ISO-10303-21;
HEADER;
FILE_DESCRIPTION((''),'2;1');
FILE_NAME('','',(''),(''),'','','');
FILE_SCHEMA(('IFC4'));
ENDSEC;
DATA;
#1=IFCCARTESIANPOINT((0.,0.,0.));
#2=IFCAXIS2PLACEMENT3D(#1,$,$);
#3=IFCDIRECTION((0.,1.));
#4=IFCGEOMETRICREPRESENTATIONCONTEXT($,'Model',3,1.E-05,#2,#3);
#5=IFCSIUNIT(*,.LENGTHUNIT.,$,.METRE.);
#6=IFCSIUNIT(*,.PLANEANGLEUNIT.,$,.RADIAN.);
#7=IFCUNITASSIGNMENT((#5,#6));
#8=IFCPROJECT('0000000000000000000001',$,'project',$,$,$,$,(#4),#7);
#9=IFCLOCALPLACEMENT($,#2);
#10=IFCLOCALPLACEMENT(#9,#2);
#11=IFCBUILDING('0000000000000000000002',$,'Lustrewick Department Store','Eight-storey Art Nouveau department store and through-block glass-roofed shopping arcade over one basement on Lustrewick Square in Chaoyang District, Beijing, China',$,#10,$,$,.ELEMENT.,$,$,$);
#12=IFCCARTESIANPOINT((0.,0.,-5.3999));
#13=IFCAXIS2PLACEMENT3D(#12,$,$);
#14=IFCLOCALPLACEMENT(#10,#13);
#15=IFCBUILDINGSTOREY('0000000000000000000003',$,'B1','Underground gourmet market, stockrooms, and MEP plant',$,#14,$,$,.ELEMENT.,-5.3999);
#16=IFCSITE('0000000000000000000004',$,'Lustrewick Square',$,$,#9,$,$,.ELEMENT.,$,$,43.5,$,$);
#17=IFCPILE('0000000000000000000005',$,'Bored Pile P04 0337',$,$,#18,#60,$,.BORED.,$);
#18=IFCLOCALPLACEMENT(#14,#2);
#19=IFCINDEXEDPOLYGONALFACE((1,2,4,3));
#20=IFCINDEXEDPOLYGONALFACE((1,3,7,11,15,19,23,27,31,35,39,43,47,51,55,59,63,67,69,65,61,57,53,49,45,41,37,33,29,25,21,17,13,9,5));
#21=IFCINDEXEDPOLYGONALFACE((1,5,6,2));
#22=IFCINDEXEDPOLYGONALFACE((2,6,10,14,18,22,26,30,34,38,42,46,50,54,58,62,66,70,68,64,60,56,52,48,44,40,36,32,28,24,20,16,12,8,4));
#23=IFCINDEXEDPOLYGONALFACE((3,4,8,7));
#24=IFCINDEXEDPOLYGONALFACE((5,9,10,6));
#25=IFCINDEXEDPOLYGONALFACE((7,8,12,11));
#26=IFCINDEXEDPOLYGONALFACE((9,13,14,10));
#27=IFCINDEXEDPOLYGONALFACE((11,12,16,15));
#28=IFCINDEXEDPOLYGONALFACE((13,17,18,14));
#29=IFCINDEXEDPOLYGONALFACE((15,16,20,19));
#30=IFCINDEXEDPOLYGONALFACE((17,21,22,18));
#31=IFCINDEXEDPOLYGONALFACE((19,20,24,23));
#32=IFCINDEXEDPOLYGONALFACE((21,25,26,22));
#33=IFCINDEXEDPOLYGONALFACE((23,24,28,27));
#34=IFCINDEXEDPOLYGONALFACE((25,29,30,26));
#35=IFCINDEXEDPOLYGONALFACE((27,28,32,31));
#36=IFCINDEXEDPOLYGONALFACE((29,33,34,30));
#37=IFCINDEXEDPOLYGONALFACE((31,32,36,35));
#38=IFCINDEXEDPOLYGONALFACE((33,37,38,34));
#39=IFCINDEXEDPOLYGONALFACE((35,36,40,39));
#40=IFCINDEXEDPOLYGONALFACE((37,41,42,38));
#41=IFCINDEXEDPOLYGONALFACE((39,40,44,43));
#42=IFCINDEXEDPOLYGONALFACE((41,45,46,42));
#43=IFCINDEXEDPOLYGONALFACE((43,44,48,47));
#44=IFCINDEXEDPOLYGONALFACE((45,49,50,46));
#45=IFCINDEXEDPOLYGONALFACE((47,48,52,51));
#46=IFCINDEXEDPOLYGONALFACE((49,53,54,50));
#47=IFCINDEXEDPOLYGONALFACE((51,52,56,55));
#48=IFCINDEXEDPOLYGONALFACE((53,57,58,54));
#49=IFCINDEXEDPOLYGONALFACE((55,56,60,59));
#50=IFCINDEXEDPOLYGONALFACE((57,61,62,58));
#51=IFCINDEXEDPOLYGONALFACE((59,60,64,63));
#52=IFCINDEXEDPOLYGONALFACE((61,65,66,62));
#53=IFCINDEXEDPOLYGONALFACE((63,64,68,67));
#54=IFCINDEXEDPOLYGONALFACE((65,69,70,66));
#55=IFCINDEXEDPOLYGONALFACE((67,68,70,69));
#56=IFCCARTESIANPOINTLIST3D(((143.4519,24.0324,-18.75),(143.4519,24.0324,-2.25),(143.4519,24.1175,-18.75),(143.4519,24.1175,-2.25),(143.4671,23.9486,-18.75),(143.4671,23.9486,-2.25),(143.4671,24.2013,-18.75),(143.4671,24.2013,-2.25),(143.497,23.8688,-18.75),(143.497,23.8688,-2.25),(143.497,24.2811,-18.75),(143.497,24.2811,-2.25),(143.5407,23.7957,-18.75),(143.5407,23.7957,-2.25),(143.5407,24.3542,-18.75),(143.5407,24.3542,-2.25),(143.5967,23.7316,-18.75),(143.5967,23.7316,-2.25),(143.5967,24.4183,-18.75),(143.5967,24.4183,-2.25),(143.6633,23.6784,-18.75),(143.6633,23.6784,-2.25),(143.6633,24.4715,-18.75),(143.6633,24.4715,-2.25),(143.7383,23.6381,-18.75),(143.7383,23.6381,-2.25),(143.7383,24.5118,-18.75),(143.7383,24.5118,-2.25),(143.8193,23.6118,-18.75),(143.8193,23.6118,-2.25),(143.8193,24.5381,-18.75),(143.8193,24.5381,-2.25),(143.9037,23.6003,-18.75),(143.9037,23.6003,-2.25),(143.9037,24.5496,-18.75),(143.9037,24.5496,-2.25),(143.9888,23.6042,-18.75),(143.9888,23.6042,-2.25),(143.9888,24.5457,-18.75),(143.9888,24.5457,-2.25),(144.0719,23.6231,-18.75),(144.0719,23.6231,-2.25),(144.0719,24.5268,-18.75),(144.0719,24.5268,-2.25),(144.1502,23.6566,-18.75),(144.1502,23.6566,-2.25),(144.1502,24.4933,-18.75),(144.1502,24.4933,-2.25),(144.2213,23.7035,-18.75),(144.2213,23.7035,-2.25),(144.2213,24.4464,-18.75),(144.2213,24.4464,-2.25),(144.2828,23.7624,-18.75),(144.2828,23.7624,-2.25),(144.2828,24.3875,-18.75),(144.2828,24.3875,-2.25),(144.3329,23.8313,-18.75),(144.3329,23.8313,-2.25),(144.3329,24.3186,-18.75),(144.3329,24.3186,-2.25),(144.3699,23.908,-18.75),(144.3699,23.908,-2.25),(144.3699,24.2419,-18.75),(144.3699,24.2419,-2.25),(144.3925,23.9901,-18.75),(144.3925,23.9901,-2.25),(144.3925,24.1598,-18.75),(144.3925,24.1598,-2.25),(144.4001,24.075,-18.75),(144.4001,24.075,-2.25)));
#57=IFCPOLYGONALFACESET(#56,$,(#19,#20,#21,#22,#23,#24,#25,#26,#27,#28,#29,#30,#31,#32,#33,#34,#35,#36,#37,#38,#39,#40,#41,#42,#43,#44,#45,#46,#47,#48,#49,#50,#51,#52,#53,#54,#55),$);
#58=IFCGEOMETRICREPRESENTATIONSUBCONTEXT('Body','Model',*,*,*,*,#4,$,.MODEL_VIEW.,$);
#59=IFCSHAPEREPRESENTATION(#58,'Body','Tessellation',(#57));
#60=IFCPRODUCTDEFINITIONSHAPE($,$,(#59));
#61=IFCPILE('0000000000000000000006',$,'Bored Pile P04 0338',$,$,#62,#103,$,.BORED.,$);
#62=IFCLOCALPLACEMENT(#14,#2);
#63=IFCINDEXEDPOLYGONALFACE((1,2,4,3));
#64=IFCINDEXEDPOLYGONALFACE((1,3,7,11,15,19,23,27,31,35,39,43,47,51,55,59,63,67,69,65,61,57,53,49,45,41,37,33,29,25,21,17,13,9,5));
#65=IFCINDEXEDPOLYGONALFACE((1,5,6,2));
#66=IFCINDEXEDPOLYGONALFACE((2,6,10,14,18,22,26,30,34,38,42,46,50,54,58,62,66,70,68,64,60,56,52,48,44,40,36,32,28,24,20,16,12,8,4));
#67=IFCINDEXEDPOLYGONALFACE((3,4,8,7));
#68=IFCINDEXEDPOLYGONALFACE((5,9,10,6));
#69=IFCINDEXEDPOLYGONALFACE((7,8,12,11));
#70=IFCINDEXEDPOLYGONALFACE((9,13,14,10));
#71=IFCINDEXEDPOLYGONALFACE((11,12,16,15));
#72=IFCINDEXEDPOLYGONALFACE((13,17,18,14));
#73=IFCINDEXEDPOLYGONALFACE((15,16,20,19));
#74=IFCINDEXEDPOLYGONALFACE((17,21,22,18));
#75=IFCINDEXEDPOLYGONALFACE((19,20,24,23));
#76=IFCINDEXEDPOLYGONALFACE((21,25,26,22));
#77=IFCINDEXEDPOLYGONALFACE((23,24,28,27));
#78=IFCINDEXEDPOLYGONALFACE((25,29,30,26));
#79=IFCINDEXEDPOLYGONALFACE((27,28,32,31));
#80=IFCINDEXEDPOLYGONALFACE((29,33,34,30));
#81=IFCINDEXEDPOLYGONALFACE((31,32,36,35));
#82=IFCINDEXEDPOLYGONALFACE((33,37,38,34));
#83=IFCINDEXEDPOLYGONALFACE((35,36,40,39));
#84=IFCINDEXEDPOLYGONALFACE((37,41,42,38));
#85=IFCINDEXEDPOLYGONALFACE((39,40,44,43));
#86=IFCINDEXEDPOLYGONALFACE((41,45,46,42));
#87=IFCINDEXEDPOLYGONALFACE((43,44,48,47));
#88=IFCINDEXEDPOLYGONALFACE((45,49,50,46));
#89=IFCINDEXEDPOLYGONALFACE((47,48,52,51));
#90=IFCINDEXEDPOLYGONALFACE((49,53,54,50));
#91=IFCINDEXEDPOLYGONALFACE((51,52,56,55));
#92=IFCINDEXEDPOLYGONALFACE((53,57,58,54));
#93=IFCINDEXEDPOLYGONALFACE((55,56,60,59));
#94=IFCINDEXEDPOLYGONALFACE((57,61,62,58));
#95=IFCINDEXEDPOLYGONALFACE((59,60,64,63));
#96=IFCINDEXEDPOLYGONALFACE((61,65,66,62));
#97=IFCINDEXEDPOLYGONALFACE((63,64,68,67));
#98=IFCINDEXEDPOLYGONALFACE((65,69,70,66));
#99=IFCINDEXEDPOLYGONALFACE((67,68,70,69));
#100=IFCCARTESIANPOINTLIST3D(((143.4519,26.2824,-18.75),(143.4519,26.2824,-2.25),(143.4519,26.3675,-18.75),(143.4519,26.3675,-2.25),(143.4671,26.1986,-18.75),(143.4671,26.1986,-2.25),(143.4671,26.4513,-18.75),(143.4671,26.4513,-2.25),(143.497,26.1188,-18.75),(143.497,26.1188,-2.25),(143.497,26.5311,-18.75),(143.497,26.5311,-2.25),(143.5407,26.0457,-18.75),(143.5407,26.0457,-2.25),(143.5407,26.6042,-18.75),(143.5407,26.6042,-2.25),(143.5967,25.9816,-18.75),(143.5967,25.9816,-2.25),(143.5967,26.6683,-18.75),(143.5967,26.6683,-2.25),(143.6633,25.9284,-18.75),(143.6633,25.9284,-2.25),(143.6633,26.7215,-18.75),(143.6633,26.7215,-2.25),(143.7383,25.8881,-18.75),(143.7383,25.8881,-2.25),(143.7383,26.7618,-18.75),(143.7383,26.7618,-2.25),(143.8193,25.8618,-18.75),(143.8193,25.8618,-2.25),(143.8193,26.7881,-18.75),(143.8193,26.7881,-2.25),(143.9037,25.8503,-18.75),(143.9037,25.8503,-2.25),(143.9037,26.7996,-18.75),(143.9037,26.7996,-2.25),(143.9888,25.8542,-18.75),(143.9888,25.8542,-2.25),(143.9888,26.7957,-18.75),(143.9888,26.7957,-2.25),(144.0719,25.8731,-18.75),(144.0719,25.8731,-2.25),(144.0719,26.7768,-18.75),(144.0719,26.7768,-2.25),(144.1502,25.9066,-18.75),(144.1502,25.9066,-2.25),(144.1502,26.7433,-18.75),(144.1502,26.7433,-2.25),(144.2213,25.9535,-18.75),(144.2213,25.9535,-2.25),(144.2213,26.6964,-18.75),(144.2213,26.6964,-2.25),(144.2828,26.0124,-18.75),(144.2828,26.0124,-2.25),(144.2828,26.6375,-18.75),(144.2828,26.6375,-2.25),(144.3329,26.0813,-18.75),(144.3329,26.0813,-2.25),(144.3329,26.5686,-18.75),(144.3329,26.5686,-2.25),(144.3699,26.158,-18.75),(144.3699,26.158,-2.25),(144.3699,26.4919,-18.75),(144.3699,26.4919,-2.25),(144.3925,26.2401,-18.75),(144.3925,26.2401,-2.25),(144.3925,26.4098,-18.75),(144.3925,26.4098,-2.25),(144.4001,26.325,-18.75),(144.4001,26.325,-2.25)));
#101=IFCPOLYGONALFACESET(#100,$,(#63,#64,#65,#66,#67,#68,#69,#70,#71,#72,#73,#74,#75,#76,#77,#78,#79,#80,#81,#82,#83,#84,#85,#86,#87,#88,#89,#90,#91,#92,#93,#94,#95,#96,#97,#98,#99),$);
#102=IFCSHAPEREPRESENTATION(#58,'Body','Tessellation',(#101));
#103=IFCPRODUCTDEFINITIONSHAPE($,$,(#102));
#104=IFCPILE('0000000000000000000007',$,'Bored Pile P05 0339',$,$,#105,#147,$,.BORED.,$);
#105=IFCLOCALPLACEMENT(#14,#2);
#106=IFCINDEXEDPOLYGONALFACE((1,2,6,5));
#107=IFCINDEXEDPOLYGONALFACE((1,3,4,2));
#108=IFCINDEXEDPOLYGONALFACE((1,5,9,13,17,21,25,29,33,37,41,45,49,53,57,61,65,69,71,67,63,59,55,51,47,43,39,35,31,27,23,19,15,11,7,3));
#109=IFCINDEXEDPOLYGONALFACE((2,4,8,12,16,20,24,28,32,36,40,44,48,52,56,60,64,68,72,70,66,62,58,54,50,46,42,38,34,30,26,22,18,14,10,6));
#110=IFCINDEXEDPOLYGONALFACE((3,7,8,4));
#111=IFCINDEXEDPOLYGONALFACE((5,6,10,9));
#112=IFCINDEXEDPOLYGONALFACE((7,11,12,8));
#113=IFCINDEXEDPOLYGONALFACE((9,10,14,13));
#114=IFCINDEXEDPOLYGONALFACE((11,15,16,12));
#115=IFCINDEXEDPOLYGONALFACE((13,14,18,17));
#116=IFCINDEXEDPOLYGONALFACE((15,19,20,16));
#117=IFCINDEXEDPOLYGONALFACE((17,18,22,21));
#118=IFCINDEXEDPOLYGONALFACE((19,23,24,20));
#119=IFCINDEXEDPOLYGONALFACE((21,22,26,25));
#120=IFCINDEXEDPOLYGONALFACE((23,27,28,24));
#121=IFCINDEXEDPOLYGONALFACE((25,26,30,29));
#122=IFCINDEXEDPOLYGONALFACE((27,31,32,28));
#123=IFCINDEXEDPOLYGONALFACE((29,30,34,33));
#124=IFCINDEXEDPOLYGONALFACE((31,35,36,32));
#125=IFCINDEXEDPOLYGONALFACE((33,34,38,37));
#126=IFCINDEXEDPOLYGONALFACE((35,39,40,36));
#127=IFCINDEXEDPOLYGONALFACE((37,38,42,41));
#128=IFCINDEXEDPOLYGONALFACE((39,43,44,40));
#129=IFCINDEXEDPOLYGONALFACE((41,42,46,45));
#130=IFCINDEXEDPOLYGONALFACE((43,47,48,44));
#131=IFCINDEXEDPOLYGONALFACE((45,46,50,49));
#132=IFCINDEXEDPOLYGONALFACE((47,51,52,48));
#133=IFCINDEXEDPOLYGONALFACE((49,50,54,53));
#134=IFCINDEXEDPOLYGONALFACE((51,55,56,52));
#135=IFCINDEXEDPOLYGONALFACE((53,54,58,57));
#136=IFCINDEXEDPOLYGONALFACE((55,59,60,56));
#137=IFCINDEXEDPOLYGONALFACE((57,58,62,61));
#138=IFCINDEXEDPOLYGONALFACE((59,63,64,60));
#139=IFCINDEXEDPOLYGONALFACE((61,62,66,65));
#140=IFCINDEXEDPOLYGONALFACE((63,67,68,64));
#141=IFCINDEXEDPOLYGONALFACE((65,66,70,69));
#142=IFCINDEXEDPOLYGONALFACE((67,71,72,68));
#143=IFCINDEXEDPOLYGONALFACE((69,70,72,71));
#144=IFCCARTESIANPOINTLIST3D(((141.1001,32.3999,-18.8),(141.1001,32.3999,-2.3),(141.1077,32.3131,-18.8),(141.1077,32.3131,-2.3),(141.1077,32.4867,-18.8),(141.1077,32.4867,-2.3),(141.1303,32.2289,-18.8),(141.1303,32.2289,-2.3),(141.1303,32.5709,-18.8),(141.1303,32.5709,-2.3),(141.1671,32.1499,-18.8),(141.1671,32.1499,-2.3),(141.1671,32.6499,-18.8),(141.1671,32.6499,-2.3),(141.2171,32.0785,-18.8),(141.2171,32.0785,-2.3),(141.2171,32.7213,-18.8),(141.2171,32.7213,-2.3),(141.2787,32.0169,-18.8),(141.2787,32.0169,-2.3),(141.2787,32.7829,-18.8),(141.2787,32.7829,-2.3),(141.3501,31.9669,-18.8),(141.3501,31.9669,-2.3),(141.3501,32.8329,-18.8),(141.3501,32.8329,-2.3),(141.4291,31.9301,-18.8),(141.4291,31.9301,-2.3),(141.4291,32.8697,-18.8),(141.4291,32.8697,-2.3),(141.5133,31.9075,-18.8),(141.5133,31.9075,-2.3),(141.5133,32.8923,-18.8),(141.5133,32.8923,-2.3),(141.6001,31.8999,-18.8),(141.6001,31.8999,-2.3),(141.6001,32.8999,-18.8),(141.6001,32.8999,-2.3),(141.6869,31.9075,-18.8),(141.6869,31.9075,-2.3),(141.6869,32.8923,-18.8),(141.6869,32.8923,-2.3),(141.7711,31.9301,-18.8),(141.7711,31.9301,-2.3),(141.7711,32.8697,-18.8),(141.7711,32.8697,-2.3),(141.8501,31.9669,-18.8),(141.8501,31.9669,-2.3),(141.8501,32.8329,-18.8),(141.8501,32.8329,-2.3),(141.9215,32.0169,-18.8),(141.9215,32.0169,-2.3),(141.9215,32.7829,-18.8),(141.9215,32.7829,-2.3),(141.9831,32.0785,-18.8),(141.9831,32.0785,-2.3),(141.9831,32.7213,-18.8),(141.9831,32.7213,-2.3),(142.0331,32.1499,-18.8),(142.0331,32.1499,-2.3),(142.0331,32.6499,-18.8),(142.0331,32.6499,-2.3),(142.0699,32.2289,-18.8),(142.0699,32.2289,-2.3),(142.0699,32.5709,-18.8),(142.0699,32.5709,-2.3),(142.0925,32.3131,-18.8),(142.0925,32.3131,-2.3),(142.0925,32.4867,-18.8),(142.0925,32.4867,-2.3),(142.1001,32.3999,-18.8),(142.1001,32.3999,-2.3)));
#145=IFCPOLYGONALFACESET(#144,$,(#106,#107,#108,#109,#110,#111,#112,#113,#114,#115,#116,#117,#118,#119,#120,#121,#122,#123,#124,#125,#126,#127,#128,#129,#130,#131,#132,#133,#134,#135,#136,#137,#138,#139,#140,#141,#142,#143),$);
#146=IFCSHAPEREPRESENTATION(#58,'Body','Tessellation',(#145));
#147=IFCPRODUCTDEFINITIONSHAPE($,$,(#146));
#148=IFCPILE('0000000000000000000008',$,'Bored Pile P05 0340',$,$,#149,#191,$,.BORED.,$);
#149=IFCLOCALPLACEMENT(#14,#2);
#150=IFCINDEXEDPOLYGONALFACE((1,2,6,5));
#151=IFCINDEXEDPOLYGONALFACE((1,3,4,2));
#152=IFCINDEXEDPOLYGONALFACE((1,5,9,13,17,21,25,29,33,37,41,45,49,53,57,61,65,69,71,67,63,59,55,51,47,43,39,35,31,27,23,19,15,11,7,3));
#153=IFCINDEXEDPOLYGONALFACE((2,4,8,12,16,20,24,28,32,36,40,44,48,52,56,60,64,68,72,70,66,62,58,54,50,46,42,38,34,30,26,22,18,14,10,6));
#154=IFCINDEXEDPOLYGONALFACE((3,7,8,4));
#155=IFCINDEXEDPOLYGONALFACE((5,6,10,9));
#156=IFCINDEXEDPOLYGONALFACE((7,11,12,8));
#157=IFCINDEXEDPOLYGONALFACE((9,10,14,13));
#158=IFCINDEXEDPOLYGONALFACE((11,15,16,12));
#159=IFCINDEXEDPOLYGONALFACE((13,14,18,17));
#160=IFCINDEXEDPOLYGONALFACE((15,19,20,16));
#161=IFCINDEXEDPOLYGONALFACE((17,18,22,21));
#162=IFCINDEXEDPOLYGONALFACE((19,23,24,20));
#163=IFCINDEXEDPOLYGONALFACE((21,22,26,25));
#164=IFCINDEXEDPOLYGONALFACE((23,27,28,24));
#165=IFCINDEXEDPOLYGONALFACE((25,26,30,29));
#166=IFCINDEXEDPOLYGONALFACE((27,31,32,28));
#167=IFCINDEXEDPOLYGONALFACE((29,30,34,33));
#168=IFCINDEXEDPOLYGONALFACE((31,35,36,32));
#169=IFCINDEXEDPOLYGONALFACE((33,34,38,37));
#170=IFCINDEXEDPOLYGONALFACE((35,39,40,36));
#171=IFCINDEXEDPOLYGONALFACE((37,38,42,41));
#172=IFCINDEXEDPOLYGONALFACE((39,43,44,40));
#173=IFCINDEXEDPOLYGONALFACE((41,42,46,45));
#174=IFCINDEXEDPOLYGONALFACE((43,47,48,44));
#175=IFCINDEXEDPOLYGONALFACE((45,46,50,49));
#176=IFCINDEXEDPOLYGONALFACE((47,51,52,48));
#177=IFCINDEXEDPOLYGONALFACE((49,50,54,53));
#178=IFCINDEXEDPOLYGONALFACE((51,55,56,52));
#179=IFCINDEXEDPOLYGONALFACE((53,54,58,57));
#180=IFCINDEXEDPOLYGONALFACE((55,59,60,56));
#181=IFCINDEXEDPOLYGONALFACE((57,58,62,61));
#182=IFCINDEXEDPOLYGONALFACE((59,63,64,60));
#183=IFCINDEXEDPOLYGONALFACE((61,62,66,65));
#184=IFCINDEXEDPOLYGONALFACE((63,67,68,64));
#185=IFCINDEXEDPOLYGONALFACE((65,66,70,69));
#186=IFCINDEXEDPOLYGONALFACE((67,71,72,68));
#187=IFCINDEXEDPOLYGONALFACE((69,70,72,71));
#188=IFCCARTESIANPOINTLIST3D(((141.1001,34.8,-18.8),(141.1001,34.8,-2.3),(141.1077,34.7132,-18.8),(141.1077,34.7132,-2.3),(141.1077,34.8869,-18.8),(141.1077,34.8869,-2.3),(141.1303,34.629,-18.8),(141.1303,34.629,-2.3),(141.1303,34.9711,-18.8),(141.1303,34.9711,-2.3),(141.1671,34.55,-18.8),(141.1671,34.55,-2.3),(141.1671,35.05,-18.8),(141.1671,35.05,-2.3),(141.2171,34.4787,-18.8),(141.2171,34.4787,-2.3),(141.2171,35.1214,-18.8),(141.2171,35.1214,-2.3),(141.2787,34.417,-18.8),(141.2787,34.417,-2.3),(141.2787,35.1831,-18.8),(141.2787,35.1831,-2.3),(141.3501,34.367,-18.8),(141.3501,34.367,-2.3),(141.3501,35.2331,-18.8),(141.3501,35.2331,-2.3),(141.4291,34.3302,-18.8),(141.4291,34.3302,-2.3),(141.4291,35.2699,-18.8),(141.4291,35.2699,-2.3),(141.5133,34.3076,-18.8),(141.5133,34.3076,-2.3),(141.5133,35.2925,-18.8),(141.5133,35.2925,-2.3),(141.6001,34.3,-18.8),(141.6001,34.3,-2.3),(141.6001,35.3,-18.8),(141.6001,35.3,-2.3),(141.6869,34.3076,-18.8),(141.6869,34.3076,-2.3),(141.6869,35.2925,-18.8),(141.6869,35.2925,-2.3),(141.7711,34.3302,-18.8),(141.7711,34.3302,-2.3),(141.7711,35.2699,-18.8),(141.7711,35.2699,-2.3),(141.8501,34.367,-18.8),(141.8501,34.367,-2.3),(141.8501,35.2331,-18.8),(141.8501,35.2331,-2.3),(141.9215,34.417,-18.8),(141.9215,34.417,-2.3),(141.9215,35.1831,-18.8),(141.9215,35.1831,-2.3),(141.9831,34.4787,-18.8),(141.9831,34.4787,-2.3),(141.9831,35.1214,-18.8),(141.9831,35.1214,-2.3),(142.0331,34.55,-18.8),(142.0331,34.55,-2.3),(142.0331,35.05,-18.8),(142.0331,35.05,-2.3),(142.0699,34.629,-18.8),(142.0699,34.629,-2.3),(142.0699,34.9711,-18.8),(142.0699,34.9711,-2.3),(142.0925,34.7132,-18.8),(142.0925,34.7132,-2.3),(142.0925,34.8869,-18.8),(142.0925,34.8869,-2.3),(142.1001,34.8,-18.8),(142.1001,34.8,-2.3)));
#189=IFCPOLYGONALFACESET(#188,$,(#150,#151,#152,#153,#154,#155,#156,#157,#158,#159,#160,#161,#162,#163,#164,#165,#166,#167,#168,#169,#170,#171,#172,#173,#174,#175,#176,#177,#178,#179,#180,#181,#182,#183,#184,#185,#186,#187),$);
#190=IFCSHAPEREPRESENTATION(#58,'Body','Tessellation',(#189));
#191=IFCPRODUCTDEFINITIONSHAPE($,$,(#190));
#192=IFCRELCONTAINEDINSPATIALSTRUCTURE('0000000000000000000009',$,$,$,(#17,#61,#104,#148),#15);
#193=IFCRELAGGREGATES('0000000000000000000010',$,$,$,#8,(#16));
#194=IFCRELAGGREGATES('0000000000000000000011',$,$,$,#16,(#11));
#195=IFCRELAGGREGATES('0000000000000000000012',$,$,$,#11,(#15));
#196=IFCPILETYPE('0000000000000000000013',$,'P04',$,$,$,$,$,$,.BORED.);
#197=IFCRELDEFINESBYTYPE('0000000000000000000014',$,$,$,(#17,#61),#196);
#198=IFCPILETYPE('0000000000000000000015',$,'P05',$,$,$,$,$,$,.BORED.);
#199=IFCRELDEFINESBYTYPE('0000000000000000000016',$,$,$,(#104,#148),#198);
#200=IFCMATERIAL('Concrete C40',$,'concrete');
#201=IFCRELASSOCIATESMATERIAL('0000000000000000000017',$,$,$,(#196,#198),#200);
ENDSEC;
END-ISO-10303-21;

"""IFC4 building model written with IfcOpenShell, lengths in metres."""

from ifc_helpers import new_model, si_unit, direction, frame, origin, origin_2d, place, context, subcontext, project, spatial, circle, extrude, material, material_profile, profile_set, type_object, element, save


model = new_model("IFC4")

# Units and contexts
model_context = context("Model", 3, precision=1e-05, world=origin(), true_north=direction((0.0, 1.0)))
body_context = subcontext(model_context, "Body", "Model", "MODEL_VIEW")
ifc_project = project(units=[si_unit("LENGTHUNIT", "METRE"), si_unit("PLANEANGLEUNIT", "RADIAN")], contexts=[model_context])

# Site, building, storey
site_placement = place(None, origin())
site = spatial("IfcSite", under=ifc_project, at=site_placement, Name="Lustrewick Square", CompositionType="ELEMENT", RefElevation=43.5)
building_placement = place(site_placement, origin())
building = spatial("IfcBuilding", under=site, at=building_placement, Name="Lustrewick Department Store", Description="Eight-storey Art Nouveau department store and through-block glass-roofed shopping arcade over one basement on Lustrewick Square in Chaoyang District, Beijing, China", CompositionType="ELEMENT")
storey_placement = place(building_placement, frame((0.0, 0.0, -5.3999)))
storey = spatial("IfcBuildingStorey", under=building, at=storey_placement, Name="B1", Description="Underground gourmet market, stockrooms, and MEP plant", CompositionType="ELEMENT", Elevation=-5.3999)

# Piles
ifc_material_1 = material(Name="Concrete C40", Category="concrete")
ifc_material_profile_1 = material_profile(ifc_material_1, circle(Radius=0.4751, at=origin_2d()), Name="PILE D950")
ifc_profile_set_1 = profile_set([ifc_material_profile_1], Name="Concrete C40")
pile_type_1 = type_object("IfcPileType", Name="P04", PredefinedType="BORED", material=ifc_profile_set_1)
for number, where, z_axis, x_axis, name in (
    (1, (143.925, 24.075, -2.25), (0.0, 0.0, -1.0), (1.0, 0.0, 0.0), "Bored Pile P04 0337"),
    (2, (143.925, 26.325, -2.25), (0.0, 0.0, -1.0), (1.0, 0.0, 0.0), "Bored Pile P04 0338"),
):
    element("IfcPile", number, at=place(storey_placement, frame(where, z_axis=z_axis, x_axis=x_axis)), inside=storey, type_object=pile_type_1, Name=name, PredefinedType="BORED", context=body_context, shape_type="SweptSolid", body=[
        extrude(circle(Radius=0.4751, at=origin_2d()), origin(), (0.0, 0.0, 1.0), 16.5),
    ])
ifc_material_profile_2 = material_profile(ifc_material_1, circle(Radius=0.5, at=origin_2d()), Name="PILE D1000")
ifc_profile_set_2 = profile_set([ifc_material_profile_2], Name="Concrete C40")
pile_type_2 = type_object("IfcPileType", Name="P05", PredefinedType="BORED", material=ifc_profile_set_2)
for number, where, z_axis, x_axis, name in (
    (3, (141.6001, 32.3999, -2.3), (0.0, 0.0, -1.0), (1.0, 0.0, 0.0), "Bored Pile P05 0339"),
    (4, (141.6001, 34.8, -2.3), (0.0, 0.0, -1.0), (1.0, 0.0, 0.0), "Bored Pile P05 0340"),
):
    element("IfcPile", number, at=place(storey_placement, frame(where, z_axis=z_axis, x_axis=x_axis)), inside=storey, type_object=pile_type_2, Name=name, PredefinedType="BORED", context=body_context, shape_type="SweptSolid", body=[
        extrude(circle(Radius=0.5, at=origin_2d()), origin(), (0.0, 0.0, 1.0), 16.5),
    ])

save(model, "model.ifc")
